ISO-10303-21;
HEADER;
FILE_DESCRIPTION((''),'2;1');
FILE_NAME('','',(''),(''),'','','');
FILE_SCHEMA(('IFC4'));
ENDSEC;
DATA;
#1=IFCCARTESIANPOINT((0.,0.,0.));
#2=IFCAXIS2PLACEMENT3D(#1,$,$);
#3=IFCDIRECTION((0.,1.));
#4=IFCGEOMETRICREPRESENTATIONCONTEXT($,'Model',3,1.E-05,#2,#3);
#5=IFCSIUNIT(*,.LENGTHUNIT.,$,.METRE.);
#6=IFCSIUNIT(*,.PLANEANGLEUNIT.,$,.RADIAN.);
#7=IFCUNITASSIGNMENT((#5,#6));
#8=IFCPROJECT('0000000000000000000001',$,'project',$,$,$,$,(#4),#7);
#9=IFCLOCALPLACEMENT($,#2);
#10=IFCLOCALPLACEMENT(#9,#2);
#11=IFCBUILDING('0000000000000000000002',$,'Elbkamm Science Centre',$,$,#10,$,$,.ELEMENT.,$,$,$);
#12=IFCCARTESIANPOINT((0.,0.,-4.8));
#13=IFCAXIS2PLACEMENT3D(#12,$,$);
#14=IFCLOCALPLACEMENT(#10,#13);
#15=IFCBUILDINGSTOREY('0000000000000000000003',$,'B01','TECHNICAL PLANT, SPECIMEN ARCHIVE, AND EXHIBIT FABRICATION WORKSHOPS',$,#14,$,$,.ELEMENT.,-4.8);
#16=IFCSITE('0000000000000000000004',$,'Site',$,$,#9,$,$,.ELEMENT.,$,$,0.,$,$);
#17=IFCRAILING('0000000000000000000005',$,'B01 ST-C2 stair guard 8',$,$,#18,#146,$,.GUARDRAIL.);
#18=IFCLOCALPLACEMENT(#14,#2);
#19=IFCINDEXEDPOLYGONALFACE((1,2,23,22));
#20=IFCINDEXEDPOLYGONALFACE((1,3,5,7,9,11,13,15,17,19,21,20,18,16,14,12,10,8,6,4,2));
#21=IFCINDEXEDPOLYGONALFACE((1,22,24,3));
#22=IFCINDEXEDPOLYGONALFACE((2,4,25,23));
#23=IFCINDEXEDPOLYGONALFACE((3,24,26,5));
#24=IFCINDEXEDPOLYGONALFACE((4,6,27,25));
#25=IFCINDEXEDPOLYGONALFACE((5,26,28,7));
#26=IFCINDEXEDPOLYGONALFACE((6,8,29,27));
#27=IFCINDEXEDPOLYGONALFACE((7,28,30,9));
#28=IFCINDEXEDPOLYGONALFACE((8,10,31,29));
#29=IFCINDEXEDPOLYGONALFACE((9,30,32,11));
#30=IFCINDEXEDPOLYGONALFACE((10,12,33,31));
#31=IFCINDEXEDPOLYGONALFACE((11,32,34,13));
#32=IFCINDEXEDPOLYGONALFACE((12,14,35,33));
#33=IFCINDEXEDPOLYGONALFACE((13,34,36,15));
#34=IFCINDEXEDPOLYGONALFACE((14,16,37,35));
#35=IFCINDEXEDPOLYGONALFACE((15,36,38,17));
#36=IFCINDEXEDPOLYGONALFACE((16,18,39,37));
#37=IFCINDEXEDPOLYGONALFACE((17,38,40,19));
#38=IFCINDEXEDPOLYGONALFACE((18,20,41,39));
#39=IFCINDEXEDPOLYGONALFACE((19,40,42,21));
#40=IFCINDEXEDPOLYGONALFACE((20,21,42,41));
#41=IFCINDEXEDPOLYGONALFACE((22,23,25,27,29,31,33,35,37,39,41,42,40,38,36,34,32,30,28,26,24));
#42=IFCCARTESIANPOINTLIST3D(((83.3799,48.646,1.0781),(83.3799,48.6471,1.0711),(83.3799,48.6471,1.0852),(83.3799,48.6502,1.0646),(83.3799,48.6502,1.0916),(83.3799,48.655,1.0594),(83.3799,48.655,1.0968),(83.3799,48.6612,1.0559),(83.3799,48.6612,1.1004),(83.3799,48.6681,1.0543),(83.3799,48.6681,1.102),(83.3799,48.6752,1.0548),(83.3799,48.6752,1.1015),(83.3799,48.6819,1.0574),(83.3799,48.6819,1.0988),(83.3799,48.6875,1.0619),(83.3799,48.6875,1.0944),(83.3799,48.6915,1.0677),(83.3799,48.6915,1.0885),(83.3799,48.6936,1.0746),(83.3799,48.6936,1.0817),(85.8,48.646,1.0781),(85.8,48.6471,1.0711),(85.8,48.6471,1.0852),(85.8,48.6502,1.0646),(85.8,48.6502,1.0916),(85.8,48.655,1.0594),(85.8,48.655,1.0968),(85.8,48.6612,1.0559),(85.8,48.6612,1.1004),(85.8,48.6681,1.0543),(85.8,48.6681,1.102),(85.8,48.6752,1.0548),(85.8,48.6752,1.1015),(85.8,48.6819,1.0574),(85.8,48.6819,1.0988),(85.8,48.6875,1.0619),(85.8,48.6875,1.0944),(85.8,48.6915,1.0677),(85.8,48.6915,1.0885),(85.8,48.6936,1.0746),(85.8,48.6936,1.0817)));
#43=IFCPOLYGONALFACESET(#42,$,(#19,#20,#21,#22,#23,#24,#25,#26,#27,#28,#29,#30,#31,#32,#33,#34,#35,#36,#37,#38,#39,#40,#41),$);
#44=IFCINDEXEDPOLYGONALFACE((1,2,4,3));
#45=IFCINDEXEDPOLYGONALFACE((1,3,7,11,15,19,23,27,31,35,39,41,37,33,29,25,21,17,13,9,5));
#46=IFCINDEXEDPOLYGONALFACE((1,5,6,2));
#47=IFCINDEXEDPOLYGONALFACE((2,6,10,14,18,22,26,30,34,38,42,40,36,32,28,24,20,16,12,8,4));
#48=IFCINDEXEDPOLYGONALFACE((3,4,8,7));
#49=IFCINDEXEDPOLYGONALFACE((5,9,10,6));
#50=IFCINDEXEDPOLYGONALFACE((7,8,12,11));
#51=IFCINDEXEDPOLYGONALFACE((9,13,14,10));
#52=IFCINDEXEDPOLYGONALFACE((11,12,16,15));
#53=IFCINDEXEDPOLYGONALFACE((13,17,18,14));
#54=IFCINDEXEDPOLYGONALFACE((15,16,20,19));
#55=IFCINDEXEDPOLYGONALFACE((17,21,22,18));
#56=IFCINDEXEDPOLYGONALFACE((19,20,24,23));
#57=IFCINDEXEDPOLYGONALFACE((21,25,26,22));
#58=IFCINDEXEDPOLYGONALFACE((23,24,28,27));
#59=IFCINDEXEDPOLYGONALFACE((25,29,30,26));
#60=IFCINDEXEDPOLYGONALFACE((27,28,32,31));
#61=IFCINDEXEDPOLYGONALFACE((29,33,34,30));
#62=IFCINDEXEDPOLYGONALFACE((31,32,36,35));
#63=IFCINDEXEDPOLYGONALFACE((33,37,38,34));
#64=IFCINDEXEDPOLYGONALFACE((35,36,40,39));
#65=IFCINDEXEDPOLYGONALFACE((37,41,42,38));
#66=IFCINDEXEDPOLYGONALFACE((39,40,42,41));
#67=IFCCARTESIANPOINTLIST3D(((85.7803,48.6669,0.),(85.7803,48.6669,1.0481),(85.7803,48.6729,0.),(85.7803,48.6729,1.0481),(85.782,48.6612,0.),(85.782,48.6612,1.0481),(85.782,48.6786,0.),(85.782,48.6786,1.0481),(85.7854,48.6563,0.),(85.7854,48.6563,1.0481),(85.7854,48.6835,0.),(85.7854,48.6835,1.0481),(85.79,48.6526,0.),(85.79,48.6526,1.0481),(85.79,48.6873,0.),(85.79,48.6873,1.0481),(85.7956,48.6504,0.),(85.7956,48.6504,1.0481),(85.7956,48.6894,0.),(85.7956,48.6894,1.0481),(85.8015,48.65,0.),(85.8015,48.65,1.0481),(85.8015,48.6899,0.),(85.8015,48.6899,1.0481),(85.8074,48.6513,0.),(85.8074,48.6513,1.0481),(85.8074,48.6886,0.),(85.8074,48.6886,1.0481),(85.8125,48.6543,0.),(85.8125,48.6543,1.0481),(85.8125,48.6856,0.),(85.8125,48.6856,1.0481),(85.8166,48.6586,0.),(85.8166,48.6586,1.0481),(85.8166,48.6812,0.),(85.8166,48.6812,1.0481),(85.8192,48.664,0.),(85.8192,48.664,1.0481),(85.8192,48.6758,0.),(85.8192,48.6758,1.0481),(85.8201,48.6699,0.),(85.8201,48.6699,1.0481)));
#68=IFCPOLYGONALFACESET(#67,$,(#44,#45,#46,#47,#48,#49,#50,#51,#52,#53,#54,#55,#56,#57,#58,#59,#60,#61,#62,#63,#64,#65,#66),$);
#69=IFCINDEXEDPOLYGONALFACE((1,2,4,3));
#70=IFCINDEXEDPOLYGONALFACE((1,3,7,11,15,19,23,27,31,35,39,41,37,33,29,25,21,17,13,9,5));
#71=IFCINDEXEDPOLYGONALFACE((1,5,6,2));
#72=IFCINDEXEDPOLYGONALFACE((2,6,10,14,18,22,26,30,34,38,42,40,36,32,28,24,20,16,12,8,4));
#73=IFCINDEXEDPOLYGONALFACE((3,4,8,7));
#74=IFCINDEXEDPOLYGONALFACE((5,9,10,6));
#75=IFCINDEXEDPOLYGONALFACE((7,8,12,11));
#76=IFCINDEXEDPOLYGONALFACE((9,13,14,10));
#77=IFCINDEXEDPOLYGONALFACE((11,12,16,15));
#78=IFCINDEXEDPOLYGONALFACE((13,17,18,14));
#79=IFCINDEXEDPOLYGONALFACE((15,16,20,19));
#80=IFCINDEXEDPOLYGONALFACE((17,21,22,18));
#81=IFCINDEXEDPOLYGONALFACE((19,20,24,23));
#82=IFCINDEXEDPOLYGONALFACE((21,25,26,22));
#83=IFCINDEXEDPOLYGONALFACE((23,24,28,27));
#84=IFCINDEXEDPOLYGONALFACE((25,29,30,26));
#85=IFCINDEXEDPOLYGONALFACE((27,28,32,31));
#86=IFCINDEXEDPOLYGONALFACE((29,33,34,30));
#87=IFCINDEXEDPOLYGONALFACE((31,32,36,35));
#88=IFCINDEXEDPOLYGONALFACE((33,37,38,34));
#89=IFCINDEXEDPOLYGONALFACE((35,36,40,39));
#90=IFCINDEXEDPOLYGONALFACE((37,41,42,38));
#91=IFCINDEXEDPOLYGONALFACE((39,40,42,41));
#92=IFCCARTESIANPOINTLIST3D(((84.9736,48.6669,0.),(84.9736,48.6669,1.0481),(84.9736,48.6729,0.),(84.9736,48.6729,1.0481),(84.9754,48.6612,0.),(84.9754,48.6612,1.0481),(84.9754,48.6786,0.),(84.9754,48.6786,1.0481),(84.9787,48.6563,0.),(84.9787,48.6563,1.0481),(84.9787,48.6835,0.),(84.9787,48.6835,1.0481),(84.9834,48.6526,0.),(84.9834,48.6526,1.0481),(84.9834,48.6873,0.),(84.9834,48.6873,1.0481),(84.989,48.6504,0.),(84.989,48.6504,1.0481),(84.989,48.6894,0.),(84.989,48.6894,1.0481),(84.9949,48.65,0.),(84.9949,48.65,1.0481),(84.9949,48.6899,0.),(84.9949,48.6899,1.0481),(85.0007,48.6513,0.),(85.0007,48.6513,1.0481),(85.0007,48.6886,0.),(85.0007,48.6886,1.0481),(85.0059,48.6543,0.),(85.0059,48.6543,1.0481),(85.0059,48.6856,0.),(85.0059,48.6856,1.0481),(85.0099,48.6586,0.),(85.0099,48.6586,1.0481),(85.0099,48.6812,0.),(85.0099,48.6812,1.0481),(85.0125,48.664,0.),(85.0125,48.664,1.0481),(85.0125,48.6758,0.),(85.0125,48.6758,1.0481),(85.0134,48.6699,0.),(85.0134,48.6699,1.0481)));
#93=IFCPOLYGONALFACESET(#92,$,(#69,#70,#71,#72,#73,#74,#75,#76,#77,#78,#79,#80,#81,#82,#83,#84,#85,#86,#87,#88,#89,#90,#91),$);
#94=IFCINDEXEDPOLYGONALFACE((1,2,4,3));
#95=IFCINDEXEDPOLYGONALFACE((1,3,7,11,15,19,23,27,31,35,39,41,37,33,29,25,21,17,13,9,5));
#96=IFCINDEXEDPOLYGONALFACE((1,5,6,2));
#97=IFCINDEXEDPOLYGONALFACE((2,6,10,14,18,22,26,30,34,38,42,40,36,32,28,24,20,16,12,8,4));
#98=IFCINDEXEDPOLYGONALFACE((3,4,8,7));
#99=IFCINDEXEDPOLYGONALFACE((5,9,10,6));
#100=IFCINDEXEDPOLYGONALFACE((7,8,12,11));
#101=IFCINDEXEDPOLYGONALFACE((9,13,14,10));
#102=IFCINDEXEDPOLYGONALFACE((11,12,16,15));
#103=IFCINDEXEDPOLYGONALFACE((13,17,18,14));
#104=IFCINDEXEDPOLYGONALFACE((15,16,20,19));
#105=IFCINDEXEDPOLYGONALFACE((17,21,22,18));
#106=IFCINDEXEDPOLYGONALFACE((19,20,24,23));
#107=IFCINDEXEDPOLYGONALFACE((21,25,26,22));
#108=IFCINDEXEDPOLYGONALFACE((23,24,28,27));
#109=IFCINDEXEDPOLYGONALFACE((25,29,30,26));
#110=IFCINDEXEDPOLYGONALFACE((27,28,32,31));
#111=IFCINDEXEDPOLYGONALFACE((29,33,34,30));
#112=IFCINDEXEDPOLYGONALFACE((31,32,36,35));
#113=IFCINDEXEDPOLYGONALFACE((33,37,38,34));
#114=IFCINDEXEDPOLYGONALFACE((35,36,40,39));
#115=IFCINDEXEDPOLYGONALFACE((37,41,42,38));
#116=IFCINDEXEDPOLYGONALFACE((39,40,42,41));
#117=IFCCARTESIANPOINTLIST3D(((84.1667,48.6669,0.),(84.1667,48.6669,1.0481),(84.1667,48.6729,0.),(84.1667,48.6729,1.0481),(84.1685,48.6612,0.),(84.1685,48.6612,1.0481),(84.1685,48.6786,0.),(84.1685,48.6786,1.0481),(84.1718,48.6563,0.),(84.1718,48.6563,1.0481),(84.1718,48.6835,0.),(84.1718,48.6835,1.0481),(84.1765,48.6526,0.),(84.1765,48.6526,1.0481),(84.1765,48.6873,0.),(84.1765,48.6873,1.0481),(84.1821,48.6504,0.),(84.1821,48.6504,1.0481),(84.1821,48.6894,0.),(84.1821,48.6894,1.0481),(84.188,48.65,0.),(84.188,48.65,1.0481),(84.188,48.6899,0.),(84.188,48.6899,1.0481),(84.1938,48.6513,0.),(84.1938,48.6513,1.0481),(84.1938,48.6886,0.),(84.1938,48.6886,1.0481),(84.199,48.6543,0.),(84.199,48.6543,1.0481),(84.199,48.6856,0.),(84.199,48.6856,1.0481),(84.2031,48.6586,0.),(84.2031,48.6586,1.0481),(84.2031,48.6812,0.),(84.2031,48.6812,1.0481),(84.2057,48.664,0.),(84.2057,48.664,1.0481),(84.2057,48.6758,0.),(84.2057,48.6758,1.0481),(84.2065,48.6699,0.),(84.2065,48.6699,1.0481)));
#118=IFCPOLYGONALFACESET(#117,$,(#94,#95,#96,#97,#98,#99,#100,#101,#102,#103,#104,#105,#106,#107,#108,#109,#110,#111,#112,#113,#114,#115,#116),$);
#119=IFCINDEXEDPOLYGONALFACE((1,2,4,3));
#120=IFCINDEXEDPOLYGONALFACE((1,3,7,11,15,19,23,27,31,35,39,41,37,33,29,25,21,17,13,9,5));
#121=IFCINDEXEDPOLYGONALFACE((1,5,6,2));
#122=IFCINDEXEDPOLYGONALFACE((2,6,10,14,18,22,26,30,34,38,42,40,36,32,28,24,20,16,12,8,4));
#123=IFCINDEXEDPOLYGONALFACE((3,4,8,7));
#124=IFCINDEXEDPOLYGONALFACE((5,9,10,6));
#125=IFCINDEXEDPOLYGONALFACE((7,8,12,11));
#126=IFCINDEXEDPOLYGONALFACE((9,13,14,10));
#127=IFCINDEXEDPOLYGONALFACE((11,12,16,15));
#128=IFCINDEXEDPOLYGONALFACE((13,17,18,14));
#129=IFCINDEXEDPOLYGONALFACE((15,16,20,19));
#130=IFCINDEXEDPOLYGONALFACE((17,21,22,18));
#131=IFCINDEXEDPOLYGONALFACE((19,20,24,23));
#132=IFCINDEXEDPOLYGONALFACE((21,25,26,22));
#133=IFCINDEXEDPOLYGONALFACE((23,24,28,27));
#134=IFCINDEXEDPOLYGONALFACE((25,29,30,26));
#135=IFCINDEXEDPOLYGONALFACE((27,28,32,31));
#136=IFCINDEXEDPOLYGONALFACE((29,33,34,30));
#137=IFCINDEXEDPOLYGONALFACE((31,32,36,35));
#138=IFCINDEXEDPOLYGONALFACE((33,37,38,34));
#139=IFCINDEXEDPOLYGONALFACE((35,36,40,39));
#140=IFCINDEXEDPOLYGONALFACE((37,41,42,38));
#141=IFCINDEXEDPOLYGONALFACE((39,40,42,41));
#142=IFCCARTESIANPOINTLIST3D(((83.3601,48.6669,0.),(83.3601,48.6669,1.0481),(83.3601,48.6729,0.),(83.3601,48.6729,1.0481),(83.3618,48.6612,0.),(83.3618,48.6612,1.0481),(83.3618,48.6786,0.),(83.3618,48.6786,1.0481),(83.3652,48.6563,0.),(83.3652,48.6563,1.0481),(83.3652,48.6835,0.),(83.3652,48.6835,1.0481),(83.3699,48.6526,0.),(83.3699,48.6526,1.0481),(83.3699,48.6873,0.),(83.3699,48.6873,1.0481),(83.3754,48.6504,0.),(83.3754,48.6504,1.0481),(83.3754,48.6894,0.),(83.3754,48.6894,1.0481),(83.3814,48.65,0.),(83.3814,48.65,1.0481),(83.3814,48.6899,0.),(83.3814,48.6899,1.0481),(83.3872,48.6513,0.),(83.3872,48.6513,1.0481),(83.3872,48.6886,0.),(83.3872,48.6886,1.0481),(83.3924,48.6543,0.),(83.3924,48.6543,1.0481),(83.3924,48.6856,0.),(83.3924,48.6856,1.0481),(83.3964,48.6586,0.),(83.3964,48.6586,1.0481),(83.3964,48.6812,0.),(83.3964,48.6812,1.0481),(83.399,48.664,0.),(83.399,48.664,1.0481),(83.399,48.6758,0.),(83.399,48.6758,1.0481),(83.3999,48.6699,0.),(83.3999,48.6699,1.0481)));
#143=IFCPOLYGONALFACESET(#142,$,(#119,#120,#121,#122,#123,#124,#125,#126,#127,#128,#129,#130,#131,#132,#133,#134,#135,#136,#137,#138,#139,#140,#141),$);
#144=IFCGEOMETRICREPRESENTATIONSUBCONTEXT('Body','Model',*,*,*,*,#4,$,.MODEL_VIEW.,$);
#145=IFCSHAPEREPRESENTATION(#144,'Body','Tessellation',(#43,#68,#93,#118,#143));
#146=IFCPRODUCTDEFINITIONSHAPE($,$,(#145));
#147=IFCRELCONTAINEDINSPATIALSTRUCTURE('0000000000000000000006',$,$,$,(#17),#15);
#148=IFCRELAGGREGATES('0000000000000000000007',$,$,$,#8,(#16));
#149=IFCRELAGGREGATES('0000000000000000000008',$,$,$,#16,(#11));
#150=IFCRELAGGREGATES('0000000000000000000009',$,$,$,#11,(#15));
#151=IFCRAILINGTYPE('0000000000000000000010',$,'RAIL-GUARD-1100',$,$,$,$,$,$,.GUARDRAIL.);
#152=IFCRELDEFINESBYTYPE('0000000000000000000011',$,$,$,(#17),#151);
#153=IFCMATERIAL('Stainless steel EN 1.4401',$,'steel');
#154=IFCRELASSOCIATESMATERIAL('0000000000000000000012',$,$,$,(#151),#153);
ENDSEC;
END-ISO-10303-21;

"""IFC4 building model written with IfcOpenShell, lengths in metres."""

from ifc_helpers import new_model, si_unit, direction, frame, origin, origin_2d, place, context, subcontext, project, spatial, circle, extrude, material, type_object, element, save


model = new_model("IFC4")

# Units and contexts
model_context = context("Model", 3, precision=1e-05, world=origin(), true_north=direction((0.0, 1.0)))
body_context = subcontext(model_context, "Body", "Model", "MODEL_VIEW")
ifc_project = project(units=[si_unit("LENGTHUNIT", "METRE"), si_unit("PLANEANGLEUNIT", "RADIAN")], contexts=[model_context])

# Site, building, storey
site_placement = place(None, origin())
site = spatial("IfcSite", under=ifc_project, at=site_placement, Name="Site", CompositionType="ELEMENT", RefElevation=0.0)
building_placement = place(site_placement, origin())
building = spatial("IfcBuilding", under=site, at=building_placement, Name="Elbkamm Science Centre", CompositionType="ELEMENT")
storey_placement = place(building_placement, frame((0.0, 0.0, -4.8)))
storey = spatial("IfcBuildingStorey", under=building, at=storey_placement, Name="B01", Description="TECHNICAL PLANT, SPECIMEN ARCHIVE, AND EXHIBIT FABRICATION WORKSHOPS", CompositionType="ELEMENT", Elevation=-4.8)

# Railing
ifc_material_1 = material(Name="Stainless steel EN 1.4401", Category="steel")
railing_type_1 = type_object("IfcRailingType", Name="RAIL-GUARD-1100", PredefinedType="GUARDRAIL", material=ifc_material_1)
for number, where, name in (
    (1, (85.8, 48.6699, 0.0), "B01 ST-C2 stair guard 8"),
):
    element("IfcRailing", number, at=place(storey_placement, frame(where)), inside=storey, type_object=railing_type_1, Name=name, PredefinedType="GUARDRAIL", context=body_context, shape_type="SweptSolid", body=[
        extrude(circle(Radius=0.0239, at=origin_2d()), frame((0.0, 0.0, 1.0781), z_axis=(-1.0, 0.0, 0.0), x_axis=(0.0, -1.0, 0.0)), (0.0, 0.0, 1.0), 2.4202),
        extrude(circle(Radius=0.02, at=origin_2d()), origin(), (0.0, 0.0, 1.0), 1.0481),
        extrude(circle(Radius=0.02, at=origin_2d()), frame((-0.8066, 0.0, 0.0)), (0.0, 0.0, 1.0), 1.0481),
        extrude(circle(Radius=0.02, at=origin_2d()), frame((-1.6135, 0.0, 0.0)), (0.0, 0.0, 1.0), 1.0481),
        extrude(circle(Radius=0.02, at=origin_2d()), frame((-2.4202, 0.0, 0.0)), (0.0, 0.0, 1.0), 1.0481),
    ])

save(model, "model.ifc")
